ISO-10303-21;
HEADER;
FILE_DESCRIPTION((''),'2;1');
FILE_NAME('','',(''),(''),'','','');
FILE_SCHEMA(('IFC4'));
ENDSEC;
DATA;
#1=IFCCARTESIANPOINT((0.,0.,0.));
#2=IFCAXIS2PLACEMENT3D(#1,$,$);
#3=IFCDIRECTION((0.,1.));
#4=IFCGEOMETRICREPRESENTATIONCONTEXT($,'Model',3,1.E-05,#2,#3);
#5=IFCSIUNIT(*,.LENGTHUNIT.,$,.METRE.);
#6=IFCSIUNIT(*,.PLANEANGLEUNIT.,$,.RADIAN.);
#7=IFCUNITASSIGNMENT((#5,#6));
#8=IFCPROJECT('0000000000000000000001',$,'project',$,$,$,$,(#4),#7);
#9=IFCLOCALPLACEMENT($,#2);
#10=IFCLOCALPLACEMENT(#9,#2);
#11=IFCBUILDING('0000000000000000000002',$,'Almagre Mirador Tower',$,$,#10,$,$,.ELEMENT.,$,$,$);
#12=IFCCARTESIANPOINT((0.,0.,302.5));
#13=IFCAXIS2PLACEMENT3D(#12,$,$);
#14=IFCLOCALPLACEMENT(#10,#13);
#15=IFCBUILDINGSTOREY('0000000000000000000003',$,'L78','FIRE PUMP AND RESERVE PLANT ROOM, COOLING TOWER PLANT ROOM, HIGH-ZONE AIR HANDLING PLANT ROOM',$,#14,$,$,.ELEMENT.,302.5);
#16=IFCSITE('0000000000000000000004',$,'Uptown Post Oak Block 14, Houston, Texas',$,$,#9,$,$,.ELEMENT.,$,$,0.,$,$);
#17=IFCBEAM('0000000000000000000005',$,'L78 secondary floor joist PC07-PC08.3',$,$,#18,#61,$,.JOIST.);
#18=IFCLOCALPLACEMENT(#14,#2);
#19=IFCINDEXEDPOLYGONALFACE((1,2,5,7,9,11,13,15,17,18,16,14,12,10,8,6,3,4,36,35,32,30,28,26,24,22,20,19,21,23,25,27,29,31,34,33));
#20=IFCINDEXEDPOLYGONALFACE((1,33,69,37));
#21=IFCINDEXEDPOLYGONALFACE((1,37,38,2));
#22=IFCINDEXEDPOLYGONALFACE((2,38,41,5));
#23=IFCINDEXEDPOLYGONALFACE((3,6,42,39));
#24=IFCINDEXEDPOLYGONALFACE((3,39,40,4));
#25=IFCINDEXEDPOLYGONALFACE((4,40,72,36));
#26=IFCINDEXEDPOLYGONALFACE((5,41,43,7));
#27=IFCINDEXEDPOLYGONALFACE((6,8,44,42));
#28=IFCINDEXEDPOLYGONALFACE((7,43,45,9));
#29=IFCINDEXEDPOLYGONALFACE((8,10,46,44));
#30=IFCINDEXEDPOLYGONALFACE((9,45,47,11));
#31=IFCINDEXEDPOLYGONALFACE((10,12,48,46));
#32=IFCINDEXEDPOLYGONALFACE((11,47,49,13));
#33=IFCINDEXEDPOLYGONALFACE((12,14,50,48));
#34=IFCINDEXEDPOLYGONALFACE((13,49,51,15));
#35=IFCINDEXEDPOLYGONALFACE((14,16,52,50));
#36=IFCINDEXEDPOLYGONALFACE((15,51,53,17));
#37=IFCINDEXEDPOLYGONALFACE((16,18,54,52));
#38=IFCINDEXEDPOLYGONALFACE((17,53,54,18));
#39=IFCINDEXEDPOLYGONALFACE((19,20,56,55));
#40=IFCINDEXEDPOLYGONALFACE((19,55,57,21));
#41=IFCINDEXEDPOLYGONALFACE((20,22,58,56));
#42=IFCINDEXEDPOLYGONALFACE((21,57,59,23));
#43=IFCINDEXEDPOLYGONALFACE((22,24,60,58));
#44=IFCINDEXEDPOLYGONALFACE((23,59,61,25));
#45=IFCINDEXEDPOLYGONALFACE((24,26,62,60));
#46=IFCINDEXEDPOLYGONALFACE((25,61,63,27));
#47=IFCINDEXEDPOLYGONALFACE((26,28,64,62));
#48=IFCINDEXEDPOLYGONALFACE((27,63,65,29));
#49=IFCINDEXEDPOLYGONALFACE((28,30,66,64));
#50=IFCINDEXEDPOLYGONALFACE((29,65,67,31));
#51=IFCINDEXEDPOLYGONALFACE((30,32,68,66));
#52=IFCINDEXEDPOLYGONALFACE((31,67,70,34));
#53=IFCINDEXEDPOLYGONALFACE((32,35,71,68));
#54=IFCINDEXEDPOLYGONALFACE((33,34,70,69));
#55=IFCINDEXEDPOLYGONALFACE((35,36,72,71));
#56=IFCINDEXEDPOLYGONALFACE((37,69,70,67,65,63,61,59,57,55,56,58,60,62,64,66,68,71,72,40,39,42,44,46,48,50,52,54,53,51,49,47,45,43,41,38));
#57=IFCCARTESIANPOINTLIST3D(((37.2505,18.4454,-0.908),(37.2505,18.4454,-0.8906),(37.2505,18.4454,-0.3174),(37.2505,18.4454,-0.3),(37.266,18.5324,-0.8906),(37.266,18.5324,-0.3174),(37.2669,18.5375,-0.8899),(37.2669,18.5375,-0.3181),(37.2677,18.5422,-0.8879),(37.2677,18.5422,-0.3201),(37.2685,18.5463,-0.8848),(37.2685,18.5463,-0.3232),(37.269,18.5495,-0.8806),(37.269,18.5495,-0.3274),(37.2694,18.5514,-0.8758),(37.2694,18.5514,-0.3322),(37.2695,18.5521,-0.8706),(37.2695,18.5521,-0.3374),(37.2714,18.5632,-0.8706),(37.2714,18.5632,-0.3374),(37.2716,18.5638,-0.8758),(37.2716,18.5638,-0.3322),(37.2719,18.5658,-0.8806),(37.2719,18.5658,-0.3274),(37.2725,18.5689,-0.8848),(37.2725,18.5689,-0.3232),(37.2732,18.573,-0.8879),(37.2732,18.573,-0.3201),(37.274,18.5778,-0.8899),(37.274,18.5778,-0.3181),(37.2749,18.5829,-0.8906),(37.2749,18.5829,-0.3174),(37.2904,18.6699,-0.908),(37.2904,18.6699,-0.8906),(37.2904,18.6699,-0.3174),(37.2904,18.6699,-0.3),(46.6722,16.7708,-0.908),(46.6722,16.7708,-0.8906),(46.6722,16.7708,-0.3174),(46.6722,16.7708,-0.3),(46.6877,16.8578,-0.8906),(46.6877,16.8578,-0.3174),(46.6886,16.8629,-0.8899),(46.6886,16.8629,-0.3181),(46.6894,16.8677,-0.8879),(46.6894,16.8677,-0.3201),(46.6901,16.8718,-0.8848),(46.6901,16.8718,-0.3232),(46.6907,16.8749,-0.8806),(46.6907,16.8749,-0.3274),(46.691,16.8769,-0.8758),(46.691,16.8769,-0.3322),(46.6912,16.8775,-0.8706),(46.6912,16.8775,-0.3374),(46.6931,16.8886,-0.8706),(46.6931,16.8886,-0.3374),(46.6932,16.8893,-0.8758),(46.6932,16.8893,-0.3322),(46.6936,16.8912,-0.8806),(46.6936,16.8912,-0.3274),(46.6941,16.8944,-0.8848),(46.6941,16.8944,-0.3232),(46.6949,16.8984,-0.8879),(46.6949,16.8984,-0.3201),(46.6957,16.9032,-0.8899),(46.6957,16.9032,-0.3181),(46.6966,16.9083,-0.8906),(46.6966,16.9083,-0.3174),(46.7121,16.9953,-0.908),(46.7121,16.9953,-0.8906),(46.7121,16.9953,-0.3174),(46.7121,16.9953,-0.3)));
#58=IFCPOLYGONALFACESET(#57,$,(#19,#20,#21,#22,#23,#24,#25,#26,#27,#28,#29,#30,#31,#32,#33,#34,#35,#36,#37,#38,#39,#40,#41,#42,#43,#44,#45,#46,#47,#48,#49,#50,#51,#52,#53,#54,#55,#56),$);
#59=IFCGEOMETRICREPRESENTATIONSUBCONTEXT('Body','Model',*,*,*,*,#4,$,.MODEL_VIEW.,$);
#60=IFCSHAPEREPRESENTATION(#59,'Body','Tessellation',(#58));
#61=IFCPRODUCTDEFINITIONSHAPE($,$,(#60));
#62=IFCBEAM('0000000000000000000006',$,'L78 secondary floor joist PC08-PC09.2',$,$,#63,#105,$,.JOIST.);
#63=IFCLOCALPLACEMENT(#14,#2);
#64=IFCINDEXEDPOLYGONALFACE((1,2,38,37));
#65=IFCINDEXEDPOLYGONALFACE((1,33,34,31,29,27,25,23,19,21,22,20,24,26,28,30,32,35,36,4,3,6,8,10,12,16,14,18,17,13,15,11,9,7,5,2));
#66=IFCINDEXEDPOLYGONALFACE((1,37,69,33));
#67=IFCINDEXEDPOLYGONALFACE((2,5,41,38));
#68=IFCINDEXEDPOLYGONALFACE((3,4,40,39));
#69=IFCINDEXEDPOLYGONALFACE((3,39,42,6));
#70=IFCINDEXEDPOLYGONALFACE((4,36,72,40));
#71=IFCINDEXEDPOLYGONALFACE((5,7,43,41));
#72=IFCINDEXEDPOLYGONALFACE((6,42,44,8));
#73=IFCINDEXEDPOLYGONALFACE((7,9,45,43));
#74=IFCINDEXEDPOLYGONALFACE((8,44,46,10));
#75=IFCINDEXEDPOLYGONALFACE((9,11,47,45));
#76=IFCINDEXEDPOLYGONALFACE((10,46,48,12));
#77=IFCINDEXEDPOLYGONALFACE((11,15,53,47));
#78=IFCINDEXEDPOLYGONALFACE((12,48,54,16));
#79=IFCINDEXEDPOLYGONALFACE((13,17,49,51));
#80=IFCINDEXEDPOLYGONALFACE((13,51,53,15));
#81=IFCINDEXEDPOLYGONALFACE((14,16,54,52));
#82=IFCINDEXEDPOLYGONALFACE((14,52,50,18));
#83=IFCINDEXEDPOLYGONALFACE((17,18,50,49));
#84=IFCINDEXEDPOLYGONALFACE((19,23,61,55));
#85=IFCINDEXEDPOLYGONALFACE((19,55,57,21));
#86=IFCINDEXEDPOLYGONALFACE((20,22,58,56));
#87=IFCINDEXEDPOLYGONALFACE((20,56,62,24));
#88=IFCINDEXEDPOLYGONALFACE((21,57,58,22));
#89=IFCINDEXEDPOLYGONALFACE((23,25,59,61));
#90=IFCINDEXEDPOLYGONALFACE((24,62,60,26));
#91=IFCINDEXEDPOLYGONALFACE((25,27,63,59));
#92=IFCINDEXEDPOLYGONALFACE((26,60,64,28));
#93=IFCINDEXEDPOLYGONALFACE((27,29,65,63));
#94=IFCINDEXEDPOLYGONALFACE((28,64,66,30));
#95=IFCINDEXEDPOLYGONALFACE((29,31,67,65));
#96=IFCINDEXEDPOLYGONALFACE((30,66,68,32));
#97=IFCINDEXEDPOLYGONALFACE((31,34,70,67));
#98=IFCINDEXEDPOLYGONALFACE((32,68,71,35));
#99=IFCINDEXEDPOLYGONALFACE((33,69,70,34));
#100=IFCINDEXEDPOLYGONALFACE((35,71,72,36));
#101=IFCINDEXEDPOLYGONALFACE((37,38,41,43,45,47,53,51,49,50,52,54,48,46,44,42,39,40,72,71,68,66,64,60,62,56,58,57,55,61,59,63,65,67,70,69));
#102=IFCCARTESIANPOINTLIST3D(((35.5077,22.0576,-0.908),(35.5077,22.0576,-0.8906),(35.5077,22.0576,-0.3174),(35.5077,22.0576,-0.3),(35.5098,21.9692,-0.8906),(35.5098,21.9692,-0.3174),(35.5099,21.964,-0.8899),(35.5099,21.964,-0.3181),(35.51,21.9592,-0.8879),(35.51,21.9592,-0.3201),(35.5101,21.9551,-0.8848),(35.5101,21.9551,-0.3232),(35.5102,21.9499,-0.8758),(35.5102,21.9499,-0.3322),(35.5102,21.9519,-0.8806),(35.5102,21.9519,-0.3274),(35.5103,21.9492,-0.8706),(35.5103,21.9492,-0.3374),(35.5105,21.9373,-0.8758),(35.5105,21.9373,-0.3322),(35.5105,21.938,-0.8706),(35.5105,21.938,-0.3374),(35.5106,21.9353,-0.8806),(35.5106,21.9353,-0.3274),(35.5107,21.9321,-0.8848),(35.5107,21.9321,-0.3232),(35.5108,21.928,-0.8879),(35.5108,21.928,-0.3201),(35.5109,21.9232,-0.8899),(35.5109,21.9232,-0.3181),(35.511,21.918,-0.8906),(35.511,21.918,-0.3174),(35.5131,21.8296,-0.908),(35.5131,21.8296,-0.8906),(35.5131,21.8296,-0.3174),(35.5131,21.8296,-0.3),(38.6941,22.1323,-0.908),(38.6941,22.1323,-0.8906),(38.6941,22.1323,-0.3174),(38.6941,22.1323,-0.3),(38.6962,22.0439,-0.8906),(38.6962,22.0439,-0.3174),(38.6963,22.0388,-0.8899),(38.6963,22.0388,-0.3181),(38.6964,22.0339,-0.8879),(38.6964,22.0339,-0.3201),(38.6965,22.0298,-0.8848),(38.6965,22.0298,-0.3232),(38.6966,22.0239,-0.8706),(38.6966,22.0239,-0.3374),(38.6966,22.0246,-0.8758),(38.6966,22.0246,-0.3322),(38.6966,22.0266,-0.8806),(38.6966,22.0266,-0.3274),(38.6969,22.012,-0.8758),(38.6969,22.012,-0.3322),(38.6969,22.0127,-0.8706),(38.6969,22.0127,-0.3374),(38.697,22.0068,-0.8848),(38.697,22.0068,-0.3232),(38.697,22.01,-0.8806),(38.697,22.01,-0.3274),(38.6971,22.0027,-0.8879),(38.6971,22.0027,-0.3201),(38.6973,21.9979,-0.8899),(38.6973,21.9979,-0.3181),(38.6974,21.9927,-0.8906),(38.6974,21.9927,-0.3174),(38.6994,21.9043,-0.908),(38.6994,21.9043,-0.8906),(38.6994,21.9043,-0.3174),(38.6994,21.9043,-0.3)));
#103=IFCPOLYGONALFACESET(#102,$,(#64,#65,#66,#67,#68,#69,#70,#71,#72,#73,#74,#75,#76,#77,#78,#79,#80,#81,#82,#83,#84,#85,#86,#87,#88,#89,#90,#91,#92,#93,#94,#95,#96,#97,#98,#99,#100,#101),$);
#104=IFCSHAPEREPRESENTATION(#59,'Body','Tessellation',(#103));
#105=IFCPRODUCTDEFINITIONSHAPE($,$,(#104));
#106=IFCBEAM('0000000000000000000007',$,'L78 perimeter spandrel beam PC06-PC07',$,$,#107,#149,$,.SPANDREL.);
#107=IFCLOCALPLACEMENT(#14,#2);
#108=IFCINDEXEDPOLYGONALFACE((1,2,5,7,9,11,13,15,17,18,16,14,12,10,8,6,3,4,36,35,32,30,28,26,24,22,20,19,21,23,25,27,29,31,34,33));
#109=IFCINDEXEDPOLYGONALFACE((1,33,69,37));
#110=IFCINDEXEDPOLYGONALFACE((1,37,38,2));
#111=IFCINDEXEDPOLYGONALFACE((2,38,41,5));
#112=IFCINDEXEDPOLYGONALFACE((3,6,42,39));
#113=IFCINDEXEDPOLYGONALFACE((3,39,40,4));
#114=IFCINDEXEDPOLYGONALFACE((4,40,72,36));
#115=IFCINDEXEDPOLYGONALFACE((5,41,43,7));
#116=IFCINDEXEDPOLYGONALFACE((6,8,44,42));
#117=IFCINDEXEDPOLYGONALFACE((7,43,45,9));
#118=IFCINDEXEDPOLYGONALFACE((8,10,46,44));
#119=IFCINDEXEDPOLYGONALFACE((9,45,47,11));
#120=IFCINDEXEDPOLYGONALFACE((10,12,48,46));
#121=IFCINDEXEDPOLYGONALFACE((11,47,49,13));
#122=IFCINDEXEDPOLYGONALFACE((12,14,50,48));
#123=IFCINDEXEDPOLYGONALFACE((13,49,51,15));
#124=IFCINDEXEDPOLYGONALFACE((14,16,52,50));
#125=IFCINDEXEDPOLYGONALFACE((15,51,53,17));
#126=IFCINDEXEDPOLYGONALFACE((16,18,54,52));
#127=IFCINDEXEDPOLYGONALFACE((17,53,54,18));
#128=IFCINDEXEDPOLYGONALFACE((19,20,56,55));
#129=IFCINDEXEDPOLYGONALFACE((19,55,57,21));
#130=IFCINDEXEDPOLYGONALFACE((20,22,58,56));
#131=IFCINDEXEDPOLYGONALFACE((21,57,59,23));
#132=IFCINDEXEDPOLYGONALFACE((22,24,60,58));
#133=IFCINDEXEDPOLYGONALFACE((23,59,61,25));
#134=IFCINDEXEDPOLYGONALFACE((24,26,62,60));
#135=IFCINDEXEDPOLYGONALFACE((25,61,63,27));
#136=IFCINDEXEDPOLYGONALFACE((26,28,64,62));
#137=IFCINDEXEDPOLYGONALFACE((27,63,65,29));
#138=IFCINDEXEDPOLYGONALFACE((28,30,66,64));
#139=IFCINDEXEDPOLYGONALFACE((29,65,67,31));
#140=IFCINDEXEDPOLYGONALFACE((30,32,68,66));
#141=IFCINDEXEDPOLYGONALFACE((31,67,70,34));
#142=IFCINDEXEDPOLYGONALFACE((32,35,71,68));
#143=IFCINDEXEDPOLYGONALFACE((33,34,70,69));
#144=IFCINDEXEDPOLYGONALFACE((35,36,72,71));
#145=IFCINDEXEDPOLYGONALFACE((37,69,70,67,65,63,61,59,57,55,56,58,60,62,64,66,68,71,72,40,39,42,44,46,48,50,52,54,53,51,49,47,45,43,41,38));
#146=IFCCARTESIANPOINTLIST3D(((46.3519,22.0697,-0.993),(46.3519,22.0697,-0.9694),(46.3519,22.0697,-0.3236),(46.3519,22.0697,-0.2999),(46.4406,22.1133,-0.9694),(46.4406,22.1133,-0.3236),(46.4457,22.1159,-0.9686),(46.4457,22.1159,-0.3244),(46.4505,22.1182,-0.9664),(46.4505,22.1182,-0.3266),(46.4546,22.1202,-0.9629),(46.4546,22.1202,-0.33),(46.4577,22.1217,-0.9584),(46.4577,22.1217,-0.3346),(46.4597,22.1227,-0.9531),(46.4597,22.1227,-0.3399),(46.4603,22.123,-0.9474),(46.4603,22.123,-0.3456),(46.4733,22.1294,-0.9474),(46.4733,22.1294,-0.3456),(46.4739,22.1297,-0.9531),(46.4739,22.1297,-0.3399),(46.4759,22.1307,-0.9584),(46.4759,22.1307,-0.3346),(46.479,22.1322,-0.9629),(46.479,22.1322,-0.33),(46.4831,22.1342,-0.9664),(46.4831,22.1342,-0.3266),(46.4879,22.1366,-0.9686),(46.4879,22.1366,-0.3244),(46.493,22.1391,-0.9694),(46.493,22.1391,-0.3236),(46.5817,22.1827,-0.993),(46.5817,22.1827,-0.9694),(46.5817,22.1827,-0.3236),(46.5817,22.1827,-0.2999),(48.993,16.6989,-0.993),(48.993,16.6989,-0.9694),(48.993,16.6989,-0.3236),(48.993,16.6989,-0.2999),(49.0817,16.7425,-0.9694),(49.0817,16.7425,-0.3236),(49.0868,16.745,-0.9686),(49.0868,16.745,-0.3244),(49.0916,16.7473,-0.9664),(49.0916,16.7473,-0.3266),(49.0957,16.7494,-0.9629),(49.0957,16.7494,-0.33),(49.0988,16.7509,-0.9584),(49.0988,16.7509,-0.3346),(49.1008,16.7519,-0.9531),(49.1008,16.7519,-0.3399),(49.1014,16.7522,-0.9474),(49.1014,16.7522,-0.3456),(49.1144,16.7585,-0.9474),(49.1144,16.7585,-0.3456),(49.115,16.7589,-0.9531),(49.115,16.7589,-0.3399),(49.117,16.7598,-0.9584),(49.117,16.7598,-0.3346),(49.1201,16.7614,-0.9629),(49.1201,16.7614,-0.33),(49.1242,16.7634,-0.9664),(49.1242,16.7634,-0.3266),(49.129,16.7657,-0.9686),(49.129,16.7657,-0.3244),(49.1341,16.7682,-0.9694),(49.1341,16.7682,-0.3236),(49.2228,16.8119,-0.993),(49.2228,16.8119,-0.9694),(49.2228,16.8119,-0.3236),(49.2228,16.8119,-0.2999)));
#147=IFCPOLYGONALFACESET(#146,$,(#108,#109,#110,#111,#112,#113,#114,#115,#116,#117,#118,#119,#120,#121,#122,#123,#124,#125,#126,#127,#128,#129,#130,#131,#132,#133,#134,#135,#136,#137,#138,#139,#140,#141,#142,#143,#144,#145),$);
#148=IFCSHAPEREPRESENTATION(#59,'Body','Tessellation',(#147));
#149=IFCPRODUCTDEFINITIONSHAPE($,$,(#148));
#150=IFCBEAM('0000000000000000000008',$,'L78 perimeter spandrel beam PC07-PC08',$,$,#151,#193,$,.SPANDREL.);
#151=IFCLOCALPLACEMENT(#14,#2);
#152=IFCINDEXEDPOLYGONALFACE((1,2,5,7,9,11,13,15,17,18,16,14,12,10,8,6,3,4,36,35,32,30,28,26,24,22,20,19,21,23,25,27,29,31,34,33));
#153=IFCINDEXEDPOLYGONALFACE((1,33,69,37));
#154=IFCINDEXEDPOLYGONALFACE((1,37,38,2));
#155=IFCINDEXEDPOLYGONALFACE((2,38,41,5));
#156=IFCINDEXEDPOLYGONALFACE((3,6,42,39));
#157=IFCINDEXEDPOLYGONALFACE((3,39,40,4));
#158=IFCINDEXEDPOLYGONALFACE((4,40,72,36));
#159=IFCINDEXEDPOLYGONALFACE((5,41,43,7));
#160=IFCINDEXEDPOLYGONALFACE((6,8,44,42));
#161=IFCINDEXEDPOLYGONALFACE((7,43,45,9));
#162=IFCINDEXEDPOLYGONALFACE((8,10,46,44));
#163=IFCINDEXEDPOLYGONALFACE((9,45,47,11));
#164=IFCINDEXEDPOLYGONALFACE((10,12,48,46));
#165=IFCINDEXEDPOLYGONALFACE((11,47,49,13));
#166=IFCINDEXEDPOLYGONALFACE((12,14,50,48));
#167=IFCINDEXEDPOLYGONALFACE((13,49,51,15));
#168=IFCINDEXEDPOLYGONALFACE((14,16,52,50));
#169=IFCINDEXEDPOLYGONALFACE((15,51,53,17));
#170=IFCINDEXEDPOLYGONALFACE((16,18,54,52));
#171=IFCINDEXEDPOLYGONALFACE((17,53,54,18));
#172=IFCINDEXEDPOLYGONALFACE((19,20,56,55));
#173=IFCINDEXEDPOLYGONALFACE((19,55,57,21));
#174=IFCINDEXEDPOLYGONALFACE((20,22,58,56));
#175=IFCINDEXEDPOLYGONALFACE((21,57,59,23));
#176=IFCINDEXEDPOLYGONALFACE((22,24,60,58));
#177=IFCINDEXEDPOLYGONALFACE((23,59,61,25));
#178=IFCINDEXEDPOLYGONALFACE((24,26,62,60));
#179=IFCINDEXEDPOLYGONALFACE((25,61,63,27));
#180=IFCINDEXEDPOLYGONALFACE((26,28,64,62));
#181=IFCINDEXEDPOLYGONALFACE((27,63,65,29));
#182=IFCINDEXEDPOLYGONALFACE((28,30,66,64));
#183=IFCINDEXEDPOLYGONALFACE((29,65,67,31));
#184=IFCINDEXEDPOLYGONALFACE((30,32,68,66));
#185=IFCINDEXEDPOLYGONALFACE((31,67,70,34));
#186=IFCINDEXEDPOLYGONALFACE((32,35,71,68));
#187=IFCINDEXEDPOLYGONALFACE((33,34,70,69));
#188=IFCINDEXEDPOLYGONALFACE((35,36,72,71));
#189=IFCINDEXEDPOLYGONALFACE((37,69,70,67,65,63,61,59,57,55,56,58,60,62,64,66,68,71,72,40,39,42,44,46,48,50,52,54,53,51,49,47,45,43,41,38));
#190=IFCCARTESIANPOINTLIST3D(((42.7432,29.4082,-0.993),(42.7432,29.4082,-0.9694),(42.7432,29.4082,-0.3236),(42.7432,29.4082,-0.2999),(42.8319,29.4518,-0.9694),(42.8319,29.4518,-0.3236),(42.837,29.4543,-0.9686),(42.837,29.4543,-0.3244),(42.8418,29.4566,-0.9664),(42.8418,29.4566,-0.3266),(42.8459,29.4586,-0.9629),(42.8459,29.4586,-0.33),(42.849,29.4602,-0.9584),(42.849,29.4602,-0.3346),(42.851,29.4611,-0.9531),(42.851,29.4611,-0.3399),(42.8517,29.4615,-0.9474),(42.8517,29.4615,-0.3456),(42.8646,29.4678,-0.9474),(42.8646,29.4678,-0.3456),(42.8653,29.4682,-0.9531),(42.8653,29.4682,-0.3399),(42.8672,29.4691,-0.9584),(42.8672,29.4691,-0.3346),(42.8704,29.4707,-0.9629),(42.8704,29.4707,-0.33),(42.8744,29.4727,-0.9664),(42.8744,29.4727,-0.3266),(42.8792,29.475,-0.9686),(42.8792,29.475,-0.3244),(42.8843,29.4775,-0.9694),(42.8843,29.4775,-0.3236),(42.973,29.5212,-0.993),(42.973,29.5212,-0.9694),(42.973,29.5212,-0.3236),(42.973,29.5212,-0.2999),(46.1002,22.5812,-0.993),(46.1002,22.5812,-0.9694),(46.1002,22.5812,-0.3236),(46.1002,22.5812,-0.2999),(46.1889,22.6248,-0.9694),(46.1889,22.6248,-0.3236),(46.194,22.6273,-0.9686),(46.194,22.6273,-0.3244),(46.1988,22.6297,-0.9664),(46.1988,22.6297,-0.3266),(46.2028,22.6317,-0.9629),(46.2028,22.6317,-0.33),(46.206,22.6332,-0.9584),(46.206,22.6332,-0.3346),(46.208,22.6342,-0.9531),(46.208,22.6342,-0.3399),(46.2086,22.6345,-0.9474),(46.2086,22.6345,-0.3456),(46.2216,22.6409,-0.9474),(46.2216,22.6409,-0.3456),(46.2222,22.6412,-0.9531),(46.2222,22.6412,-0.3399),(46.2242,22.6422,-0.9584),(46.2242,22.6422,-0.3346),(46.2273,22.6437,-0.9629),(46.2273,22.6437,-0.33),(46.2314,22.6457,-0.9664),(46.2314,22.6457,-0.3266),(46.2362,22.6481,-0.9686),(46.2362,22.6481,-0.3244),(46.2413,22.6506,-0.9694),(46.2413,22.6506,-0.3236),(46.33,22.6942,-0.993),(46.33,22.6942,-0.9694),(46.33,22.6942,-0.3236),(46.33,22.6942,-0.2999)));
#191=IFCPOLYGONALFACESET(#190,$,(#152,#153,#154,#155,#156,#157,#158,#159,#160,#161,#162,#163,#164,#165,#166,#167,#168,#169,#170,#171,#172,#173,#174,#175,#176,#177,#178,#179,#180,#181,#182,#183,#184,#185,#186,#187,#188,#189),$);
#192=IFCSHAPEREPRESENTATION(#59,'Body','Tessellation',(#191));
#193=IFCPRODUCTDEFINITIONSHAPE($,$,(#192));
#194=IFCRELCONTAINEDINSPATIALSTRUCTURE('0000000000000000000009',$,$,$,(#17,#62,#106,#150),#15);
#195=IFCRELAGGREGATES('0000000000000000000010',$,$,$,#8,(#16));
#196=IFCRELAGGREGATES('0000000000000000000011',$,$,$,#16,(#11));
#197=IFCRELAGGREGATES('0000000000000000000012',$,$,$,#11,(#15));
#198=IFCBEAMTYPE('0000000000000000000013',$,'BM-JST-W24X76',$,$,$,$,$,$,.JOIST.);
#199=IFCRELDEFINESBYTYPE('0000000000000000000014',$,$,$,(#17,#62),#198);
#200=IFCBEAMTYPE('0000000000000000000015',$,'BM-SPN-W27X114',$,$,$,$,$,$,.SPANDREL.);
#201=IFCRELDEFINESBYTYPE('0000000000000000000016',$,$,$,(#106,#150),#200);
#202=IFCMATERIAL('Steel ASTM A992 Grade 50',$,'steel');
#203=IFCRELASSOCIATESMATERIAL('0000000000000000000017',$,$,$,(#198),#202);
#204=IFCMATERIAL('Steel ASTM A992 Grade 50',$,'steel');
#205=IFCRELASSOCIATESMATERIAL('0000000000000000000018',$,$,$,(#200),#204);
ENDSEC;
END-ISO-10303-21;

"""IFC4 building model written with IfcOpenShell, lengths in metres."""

from ifc_helpers import new_model, si_unit, direction, frame, origin, origin_2d, place, context, subcontext, project, spatial, i_section, extrude, material, material_profile, profile_set, type_object, element, save


model = new_model("IFC4")

# Units and contexts
model_context = context("Model", 3, precision=1e-05, world=origin(), true_north=direction((0.0, 1.0)))
body_context = subcontext(model_context, "Body", "Model", "MODEL_VIEW")
ifc_project = project(units=[si_unit("LENGTHUNIT", "METRE"), si_unit("PLANEANGLEUNIT", "RADIAN")], contexts=[model_context])

# Site, building, storey
site_placement = place(None, origin())
site = spatial("IfcSite", under=ifc_project, at=site_placement, Name="Uptown Post Oak Block 14, Houston, Texas", CompositionType="ELEMENT", RefElevation=0.0)
building_placement = place(site_placement, origin())
building = spatial("IfcBuilding", under=site, at=building_placement, Name="Almagre Mirador Tower", CompositionType="ELEMENT")
storey_placement = place(building_placement, frame((0.0, 0.0, 302.5)))
storey = spatial("IfcBuildingStorey", under=building, at=storey_placement, Name="L78", Description="FIRE PUMP AND RESERVE PLANT ROOM, COOLING TOWER PLANT ROOM, HIGH-ZONE AIR HANDLING PLANT ROOM", CompositionType="ELEMENT", Elevation=302.5)

# Beams
ifc_material_1 = material(Name="Steel ASTM A992 Grade 50", Category="steel")
ifc_material_profile_1 = material_profile(ifc_material_1, i_section(OverallWidth=0.228, OverallDepth=0.6079, WebThickness=0.0112, FlangeThickness=0.0173, FilletRadius=0.02, at=origin_2d()), Name="W24X76")
ifc_profile_set_1 = profile_set([ifc_material_profile_1], Name="Steel ASTM A992 Grade 50")
beam_type_1 = type_object("IfcBeamType", Name="BM-JST-W24X76", PredefinedType="JOIST", material=ifc_profile_set_1)
beam_1_placement = place(storey_placement, frame((46.6921, 16.8831, -0.604), z_axis=(-0.98457, 0.174993, 0.0), x_axis=(-0.174993, -0.98457, 0.0)))
element("IfcBeam", 1, at=beam_1_placement, inside=storey, type_object=beam_type_1, Name="L78 secondary floor joist PC07-PC08.3", PredefinedType="JOIST", context=body_context, shape_type="SweptSolid", body=[
    extrude(i_section(OverallWidth=0.228, OverallDepth=0.6079, WebThickness=0.0112, FlangeThickness=0.0173, FilletRadius=0.02, at=origin_2d()), origin(), (0.0, 0.0, 1.0), 9.5693),
])
beam_2_placement = place(storey_placement, frame((38.6968, 22.0183, -0.604), z_axis=(-0.999725, -0.02344, 0.0), x_axis=(0.02344, -0.999725, 0.0)))
element("IfcBeam", 2, at=beam_2_placement, inside=storey, type_object=beam_type_1, Name="L78 secondary floor joist PC08-PC09.2", PredefinedType="JOIST", context=body_context, shape_type="SweptSolid", body=[
    extrude(i_section(OverallWidth=0.228, OverallDepth=0.6079, WebThickness=0.0112, FlangeThickness=0.0173, FilletRadius=0.02, at=origin_2d()), origin(), (0.0, 0.0, 1.0), 3.1873),
])
ifc_material_2 = material(Name="Steel ASTM A992 Grade 50", Category="steel")
ifc_material_profile_2 = material_profile(ifc_material_2, i_section(OverallWidth=0.2561, OverallDepth=0.6931, WebThickness=0.0144, FlangeThickness=0.0237, FilletRadius=0.022, at=origin_2d()), Name="W27X114")
ifc_profile_set_2 = profile_set([ifc_material_profile_2], Name="Steel ASTM A992 Grade 50")
beam_type_2 = type_object("IfcBeamType", Name="BM-SPN-W27X114", PredefinedType="SPANDREL", material=ifc_profile_set_2)
beam_3_placement = place(storey_placement, frame((49.1079, 16.7554, -0.6465), z_axis=(-0.441281, 0.897369, 0.0), x_axis=(-0.897369, -0.441281, 0.0)))
element("IfcBeam", 3, at=beam_3_placement, inside=storey, type_object=beam_type_2, Name="L78 perimeter spandrel beam PC06-PC07", PredefinedType="SPANDREL", context=body_context, shape_type="SweptSolid", body=[
    extrude(i_section(OverallWidth=0.2561, OverallDepth=0.6931, WebThickness=0.0144, FlangeThickness=0.0237, FilletRadius=0.022, at=origin_2d()), origin(), (0.0, 0.0, 1.0), 5.9851),
])
beam_4_placement = place(storey_placement, frame((46.2151, 22.6377, -0.6465), z_axis=(-0.44126, 0.897379, 0.0), x_axis=(-0.897379, -0.44126, 0.0)))
element("IfcBeam", 4, at=beam_4_placement, inside=storey, type_object=beam_type_2, Name="L78 perimeter spandrel beam PC07-PC08", PredefinedType="SPANDREL", context=body_context, shape_type="SweptSolid", body=[
    extrude(i_section(OverallWidth=0.2561, OverallDepth=0.6931, WebThickness=0.0144, FlangeThickness=0.0237, FilletRadius=0.022, at=origin_2d()), origin(), (0.0, 0.0, 1.0), 7.6077),
])

save(model, "model.ifc")
